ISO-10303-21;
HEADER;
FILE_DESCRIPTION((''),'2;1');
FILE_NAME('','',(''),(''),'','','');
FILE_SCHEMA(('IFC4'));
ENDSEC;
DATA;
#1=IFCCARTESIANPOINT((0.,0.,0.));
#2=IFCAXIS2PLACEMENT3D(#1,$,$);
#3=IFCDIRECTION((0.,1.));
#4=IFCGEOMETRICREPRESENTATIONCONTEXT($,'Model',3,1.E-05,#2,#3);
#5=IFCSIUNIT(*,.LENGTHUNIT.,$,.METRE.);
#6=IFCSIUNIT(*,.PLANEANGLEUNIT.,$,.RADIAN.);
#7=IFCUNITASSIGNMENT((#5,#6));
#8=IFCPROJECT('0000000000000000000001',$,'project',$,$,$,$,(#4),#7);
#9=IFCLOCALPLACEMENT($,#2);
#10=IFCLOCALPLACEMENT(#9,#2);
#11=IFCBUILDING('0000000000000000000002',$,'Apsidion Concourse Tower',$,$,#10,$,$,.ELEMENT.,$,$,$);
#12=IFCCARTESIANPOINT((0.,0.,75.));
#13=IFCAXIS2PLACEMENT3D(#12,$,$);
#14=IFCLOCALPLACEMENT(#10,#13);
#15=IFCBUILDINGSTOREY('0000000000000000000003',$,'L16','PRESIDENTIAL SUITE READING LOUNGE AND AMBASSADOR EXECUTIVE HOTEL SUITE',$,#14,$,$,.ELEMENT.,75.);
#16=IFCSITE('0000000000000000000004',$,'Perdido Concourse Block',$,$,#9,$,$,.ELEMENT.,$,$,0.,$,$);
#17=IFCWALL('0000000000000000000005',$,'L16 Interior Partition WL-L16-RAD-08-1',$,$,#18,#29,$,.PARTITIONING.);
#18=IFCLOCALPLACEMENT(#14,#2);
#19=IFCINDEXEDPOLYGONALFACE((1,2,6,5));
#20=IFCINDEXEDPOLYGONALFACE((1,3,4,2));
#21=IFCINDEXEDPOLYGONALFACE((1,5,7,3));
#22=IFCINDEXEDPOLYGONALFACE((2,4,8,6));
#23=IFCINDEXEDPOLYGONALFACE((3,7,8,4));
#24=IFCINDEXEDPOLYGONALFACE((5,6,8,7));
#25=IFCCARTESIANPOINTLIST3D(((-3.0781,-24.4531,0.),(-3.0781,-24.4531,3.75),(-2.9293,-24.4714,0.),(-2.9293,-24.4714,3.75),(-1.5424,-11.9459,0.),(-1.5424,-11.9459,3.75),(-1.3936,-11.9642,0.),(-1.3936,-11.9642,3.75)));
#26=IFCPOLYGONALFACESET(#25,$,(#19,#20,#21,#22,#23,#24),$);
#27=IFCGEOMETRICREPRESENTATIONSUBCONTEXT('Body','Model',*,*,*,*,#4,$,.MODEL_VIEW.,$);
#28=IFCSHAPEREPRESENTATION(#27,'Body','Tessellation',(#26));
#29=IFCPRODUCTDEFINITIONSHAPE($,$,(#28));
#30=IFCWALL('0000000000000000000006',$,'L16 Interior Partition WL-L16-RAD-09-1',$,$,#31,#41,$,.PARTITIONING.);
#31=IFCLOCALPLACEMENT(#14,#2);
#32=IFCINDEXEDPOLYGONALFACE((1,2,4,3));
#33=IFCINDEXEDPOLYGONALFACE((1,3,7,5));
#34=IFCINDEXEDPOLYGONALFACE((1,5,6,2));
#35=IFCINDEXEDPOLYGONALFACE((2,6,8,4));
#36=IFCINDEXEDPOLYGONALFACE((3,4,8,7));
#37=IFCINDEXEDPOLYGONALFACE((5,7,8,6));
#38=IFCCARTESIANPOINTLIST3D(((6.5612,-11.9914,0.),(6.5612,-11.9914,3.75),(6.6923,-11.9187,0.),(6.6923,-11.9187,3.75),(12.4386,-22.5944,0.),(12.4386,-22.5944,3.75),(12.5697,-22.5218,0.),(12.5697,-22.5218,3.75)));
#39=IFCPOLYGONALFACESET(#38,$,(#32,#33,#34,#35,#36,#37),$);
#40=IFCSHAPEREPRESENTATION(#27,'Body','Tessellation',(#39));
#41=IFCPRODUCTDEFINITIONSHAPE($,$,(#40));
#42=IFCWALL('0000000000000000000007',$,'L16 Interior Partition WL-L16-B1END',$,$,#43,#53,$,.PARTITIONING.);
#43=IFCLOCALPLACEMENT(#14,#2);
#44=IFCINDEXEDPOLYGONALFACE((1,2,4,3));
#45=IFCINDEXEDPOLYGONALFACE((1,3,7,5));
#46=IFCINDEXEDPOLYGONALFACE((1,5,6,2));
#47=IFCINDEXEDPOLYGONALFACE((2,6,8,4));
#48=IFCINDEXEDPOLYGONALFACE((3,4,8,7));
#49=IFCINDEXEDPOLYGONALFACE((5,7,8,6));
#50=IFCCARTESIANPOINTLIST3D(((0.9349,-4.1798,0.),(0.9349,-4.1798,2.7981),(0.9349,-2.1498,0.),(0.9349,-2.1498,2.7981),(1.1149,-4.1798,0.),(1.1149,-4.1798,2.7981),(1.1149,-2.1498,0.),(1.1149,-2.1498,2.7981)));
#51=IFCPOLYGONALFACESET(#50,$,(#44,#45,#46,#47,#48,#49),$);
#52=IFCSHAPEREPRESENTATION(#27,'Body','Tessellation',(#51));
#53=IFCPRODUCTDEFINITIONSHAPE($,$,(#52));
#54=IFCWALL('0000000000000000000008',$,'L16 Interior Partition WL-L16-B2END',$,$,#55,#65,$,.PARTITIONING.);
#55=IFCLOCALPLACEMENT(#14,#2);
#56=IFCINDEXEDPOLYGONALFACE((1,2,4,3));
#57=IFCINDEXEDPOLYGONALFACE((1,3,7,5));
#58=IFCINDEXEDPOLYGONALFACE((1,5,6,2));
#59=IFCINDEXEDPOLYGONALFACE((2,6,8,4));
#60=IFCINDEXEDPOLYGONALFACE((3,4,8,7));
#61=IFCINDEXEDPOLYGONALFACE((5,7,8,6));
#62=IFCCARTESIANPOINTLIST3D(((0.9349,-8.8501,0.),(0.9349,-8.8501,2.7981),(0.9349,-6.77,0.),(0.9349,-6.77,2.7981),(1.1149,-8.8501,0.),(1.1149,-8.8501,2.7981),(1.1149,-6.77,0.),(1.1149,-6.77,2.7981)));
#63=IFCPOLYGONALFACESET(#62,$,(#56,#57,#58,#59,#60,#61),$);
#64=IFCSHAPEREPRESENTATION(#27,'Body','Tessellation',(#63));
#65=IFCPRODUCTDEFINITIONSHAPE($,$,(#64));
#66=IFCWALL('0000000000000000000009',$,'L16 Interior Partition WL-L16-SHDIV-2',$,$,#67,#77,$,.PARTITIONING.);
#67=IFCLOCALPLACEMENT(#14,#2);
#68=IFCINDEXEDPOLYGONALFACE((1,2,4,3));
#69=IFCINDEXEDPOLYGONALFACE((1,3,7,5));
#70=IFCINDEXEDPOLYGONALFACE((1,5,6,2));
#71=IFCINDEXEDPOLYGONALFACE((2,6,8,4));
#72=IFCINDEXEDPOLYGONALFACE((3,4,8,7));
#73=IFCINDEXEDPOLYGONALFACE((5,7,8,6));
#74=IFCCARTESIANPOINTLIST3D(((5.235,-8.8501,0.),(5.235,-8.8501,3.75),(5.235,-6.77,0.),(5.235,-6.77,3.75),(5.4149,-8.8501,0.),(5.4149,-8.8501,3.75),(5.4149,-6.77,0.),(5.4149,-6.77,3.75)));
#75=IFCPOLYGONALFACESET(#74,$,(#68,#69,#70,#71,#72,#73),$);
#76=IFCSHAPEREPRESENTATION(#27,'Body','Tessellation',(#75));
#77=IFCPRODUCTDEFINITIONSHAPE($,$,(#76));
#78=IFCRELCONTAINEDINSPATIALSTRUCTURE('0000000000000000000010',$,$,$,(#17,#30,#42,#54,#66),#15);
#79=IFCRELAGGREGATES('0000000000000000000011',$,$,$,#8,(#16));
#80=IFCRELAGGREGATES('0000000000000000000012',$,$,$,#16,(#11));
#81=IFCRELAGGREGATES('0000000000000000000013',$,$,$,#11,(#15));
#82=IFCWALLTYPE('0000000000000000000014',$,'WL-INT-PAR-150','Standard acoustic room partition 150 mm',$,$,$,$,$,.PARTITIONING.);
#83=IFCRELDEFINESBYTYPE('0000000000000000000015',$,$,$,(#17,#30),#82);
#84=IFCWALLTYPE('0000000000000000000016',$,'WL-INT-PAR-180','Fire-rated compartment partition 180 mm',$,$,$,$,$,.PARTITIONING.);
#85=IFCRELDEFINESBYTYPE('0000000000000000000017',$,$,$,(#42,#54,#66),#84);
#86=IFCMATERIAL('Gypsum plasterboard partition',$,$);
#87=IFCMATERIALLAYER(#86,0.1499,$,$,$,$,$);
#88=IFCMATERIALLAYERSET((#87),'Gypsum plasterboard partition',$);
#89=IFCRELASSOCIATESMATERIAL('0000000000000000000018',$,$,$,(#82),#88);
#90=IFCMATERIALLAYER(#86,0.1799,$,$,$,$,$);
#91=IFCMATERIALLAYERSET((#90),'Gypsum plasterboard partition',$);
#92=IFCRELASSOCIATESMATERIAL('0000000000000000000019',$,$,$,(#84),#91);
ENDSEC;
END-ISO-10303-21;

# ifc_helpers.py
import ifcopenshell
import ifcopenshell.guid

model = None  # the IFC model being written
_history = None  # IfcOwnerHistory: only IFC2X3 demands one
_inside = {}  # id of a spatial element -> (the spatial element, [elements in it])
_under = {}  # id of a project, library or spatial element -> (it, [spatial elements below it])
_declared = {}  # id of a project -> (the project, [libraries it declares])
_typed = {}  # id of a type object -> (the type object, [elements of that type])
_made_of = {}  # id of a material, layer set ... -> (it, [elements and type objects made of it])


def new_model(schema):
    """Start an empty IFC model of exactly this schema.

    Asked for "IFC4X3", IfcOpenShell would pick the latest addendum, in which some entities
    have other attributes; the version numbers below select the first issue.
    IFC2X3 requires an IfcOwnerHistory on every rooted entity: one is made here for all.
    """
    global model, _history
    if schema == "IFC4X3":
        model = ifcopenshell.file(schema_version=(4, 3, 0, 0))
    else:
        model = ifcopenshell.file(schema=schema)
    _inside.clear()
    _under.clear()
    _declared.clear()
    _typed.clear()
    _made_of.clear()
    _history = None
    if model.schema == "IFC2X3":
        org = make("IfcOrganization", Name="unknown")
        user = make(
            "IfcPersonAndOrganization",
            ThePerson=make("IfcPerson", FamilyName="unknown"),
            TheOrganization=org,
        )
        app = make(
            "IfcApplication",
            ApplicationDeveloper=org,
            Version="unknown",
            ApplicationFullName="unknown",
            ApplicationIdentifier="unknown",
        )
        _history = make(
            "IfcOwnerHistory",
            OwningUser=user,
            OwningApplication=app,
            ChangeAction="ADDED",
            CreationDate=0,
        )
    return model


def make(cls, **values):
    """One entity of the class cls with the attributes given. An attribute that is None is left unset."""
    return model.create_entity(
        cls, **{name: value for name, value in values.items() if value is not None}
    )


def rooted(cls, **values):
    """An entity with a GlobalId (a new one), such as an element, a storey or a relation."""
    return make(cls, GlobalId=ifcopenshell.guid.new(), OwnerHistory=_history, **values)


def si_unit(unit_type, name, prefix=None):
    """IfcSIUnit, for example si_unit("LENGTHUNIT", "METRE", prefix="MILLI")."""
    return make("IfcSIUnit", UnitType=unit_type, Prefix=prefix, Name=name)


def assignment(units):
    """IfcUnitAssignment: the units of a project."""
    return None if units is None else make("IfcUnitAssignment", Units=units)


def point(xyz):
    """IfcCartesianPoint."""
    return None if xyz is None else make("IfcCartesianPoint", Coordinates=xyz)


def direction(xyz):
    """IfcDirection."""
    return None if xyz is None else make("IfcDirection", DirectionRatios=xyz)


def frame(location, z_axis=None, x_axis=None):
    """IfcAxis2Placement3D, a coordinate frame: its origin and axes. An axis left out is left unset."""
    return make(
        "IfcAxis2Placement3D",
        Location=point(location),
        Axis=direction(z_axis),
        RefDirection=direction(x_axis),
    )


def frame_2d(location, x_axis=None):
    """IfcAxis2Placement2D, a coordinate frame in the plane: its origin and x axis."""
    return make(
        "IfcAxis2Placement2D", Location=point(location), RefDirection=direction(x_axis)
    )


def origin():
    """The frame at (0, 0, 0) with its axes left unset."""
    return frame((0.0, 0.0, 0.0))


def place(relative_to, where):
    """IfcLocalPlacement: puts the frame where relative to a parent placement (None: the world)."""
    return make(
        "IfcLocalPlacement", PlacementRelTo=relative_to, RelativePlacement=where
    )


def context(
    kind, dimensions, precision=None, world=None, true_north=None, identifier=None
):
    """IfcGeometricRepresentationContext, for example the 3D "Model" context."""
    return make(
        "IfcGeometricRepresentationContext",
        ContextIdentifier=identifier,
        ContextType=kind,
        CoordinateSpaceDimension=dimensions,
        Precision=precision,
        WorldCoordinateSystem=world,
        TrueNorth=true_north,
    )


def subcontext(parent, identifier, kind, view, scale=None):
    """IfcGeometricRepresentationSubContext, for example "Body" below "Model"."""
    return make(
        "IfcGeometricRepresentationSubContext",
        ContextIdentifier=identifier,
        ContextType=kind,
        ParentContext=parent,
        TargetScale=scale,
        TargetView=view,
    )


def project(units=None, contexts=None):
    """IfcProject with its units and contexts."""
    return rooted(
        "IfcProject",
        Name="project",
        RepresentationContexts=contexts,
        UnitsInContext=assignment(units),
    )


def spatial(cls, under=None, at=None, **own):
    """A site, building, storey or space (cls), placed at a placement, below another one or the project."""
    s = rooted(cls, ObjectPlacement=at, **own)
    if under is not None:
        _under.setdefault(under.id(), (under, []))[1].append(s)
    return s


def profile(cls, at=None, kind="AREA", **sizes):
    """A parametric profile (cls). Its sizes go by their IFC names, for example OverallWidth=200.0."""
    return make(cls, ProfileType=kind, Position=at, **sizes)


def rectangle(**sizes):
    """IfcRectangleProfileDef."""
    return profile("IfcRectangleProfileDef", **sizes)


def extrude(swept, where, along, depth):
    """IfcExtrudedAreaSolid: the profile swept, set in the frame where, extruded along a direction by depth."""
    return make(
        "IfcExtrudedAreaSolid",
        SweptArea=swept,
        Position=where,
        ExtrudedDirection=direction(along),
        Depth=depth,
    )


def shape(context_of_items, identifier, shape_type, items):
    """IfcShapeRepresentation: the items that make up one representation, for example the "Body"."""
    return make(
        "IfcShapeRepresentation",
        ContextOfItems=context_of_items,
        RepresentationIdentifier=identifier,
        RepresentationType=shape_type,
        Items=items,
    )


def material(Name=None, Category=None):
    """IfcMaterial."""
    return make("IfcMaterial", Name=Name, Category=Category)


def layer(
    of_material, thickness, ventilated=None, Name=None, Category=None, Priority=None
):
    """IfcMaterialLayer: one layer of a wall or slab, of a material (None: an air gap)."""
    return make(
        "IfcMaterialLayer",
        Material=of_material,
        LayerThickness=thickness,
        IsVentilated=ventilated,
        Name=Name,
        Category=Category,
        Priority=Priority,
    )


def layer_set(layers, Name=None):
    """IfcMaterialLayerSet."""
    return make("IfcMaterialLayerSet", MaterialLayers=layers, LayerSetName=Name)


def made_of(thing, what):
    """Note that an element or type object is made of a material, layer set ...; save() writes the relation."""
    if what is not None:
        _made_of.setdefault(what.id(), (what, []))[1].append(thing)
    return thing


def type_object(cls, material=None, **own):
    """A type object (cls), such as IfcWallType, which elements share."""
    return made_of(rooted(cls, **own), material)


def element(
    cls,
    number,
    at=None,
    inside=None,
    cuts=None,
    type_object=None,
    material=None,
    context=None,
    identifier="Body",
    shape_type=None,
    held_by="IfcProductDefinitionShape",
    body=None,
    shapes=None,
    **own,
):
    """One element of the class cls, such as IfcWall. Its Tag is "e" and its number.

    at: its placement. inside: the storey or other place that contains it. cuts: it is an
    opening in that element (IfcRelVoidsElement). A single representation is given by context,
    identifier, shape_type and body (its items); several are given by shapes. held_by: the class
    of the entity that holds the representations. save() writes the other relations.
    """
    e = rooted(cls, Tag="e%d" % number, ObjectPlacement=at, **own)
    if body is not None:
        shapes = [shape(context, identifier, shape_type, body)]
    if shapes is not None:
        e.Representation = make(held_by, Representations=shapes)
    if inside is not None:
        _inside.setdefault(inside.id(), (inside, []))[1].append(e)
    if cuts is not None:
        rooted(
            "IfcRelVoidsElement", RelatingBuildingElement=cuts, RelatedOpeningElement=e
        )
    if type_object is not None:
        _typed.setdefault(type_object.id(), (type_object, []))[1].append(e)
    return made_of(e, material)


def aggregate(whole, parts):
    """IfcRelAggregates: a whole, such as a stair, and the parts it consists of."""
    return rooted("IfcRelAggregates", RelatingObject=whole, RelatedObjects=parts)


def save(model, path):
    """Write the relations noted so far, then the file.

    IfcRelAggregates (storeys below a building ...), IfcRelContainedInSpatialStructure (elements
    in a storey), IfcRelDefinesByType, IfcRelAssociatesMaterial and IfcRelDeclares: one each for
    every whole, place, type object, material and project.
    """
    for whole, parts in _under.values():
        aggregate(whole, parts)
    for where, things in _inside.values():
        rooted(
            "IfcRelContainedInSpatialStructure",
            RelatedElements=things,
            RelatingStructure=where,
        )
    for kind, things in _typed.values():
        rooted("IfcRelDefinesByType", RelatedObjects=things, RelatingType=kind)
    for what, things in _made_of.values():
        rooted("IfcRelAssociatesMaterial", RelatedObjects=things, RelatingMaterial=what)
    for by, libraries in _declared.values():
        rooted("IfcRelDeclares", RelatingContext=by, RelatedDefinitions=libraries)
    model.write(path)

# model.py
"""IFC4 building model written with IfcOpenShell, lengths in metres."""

from ifc_helpers import new_model, si_unit, direction, frame, frame_2d, origin, place, context, subcontext, project, spatial, rectangle, extrude, material, layer, layer_set, type_object, element, save


model = new_model("IFC4")

# Units and contexts
model_context = context("Model", 3, precision=1e-05, world=origin(), true_north=direction((0.0, 1.0)))
body_context = subcontext(model_context, "Body", "Model", "MODEL_VIEW")
ifc_project = project(units=[si_unit("LENGTHUNIT", "METRE"), si_unit("PLANEANGLEUNIT", "RADIAN")], contexts=[model_context])

# Site, building, storey
site_placement = place(None, origin())
site = spatial("IfcSite", under=ifc_project, at=site_placement, Name="Perdido Concourse Block", CompositionType="ELEMENT", RefElevation=0.0)
building_placement = place(site_placement, origin())
building = spatial("IfcBuilding", under=site, at=building_placement, Name="Apsidion Concourse Tower", CompositionType="ELEMENT")
storey_placement = place(building_placement, frame((0.0, 0.0, 75.0)))
storey = spatial("IfcBuildingStorey", under=building, at=storey_placement, Name="L16", Description="PRESIDENTIAL SUITE READING LOUNGE AND AMBASSADOR EXECUTIVE HOTEL SUITE", CompositionType="ELEMENT", Elevation=75.0)

# Walls
ifc_material_1 = material(Name="Gypsum plasterboard partition")
ifc_layer_1 = layer(ifc_material_1, 0.1499)
ifc_layer_set_1 = layer_set([ifc_layer_1], Name="Gypsum plasterboard partition")
wall_type_1 = type_object("IfcWallType", Name="WL-INT-PAR-150", Description="Standard acoustic room partition 150 mm", PredefinedType="PARTITIONING", material=ifc_layer_set_1)
wall_1_placement = place(storey_placement, frame((-1.468, -11.9551, 0.0), z_axis=(0.0, 0.0, 1.0), x_axis=(-0.121867, -0.992546, 0.0)))
element("IfcWall", 1, at=wall_1_placement, inside=storey, type_object=wall_type_1, Name="L16 Interior Partition WL-L16-RAD-08-1", PredefinedType="PARTITIONING", context=body_context, shape_type="SweptSolid", body=[
    extrude(rectangle(XDim=12.6011, YDim=0.1499, at=frame_2d((6.3005, 0.0))), origin(), (0.0, 0.0, 1.0), 3.75),
])
wall_2_placement = place(storey_placement, frame((6.6267, -11.9551, 0.0), z_axis=(0.0, 0.0, 1.0), x_axis=(0.484815, -0.874617, 0.0)))
element("IfcWall", 2, at=wall_2_placement, inside=storey, type_object=wall_type_1, Name="L16 Interior Partition WL-L16-RAD-09-1", PredefinedType="PARTITIONING", context=body_context, shape_type="SweptSolid", body=[
    extrude(rectangle(XDim=12.123, YDim=0.1499, at=frame_2d((6.0615, 0.0))), origin(), (0.0, 0.0, 1.0), 3.75),
])
ifc_layer_2 = layer(ifc_material_1, 0.1799)
ifc_layer_set_2 = layer_set([ifc_layer_2], Name="Gypsum plasterboard partition")
wall_type_2 = type_object("IfcWallType", Name="WL-INT-PAR-180", Description="Fire-rated compartment partition 180 mm", PredefinedType="PARTITIONING", material=ifc_layer_set_2)
wall_3_placement = place(storey_placement, frame((1.0249, -4.1799, 0.0), z_axis=(0.0, 0.0, 1.0), x_axis=(0.0, 1.0, 0.0)))
element("IfcWall", 3, at=wall_3_placement, inside=storey, type_object=wall_type_2, Name="L16 Interior Partition WL-L16-B1END", PredefinedType="PARTITIONING", context=body_context, shape_type="SweptSolid", body=[
    extrude(rectangle(XDim=2.03, YDim=0.1799, at=frame_2d((1.0151, 0.0))), origin(), (0.0, 0.0, 1.0), 2.7981),
])
wall_4_placement = place(storey_placement, frame((1.0249, -8.8501, 0.0), z_axis=(0.0, 0.0, 1.0), x_axis=(0.0, 1.0, 0.0)))
element("IfcWall", 4, at=wall_4_placement, inside=storey, type_object=wall_type_2, Name="L16 Interior Partition WL-L16-B2END", PredefinedType="PARTITIONING", context=body_context, shape_type="SweptSolid", body=[
    extrude(rectangle(XDim=2.0801, YDim=0.1799, at=frame_2d((1.04, 0.0))), origin(), (0.0, 0.0, 1.0), 2.7981),
])
wall_5_placement = place(storey_placement, frame((5.325, -8.8501, 0.0), z_axis=(0.0, 0.0, 1.0), x_axis=(0.0, 1.0, 0.0)))
element("IfcWall", 5, at=wall_5_placement, inside=storey, type_object=wall_type_2, Name="L16 Interior Partition WL-L16-SHDIV-2", PredefinedType="PARTITIONING", context=body_context, shape_type="SweptSolid", body=[
    extrude(rectangle(XDim=2.0801, YDim=0.1799, at=frame_2d((1.04, 0.0))), origin(), (0.0, 0.0, 1.0), 3.75),
])

save(model, "model.ifc")
